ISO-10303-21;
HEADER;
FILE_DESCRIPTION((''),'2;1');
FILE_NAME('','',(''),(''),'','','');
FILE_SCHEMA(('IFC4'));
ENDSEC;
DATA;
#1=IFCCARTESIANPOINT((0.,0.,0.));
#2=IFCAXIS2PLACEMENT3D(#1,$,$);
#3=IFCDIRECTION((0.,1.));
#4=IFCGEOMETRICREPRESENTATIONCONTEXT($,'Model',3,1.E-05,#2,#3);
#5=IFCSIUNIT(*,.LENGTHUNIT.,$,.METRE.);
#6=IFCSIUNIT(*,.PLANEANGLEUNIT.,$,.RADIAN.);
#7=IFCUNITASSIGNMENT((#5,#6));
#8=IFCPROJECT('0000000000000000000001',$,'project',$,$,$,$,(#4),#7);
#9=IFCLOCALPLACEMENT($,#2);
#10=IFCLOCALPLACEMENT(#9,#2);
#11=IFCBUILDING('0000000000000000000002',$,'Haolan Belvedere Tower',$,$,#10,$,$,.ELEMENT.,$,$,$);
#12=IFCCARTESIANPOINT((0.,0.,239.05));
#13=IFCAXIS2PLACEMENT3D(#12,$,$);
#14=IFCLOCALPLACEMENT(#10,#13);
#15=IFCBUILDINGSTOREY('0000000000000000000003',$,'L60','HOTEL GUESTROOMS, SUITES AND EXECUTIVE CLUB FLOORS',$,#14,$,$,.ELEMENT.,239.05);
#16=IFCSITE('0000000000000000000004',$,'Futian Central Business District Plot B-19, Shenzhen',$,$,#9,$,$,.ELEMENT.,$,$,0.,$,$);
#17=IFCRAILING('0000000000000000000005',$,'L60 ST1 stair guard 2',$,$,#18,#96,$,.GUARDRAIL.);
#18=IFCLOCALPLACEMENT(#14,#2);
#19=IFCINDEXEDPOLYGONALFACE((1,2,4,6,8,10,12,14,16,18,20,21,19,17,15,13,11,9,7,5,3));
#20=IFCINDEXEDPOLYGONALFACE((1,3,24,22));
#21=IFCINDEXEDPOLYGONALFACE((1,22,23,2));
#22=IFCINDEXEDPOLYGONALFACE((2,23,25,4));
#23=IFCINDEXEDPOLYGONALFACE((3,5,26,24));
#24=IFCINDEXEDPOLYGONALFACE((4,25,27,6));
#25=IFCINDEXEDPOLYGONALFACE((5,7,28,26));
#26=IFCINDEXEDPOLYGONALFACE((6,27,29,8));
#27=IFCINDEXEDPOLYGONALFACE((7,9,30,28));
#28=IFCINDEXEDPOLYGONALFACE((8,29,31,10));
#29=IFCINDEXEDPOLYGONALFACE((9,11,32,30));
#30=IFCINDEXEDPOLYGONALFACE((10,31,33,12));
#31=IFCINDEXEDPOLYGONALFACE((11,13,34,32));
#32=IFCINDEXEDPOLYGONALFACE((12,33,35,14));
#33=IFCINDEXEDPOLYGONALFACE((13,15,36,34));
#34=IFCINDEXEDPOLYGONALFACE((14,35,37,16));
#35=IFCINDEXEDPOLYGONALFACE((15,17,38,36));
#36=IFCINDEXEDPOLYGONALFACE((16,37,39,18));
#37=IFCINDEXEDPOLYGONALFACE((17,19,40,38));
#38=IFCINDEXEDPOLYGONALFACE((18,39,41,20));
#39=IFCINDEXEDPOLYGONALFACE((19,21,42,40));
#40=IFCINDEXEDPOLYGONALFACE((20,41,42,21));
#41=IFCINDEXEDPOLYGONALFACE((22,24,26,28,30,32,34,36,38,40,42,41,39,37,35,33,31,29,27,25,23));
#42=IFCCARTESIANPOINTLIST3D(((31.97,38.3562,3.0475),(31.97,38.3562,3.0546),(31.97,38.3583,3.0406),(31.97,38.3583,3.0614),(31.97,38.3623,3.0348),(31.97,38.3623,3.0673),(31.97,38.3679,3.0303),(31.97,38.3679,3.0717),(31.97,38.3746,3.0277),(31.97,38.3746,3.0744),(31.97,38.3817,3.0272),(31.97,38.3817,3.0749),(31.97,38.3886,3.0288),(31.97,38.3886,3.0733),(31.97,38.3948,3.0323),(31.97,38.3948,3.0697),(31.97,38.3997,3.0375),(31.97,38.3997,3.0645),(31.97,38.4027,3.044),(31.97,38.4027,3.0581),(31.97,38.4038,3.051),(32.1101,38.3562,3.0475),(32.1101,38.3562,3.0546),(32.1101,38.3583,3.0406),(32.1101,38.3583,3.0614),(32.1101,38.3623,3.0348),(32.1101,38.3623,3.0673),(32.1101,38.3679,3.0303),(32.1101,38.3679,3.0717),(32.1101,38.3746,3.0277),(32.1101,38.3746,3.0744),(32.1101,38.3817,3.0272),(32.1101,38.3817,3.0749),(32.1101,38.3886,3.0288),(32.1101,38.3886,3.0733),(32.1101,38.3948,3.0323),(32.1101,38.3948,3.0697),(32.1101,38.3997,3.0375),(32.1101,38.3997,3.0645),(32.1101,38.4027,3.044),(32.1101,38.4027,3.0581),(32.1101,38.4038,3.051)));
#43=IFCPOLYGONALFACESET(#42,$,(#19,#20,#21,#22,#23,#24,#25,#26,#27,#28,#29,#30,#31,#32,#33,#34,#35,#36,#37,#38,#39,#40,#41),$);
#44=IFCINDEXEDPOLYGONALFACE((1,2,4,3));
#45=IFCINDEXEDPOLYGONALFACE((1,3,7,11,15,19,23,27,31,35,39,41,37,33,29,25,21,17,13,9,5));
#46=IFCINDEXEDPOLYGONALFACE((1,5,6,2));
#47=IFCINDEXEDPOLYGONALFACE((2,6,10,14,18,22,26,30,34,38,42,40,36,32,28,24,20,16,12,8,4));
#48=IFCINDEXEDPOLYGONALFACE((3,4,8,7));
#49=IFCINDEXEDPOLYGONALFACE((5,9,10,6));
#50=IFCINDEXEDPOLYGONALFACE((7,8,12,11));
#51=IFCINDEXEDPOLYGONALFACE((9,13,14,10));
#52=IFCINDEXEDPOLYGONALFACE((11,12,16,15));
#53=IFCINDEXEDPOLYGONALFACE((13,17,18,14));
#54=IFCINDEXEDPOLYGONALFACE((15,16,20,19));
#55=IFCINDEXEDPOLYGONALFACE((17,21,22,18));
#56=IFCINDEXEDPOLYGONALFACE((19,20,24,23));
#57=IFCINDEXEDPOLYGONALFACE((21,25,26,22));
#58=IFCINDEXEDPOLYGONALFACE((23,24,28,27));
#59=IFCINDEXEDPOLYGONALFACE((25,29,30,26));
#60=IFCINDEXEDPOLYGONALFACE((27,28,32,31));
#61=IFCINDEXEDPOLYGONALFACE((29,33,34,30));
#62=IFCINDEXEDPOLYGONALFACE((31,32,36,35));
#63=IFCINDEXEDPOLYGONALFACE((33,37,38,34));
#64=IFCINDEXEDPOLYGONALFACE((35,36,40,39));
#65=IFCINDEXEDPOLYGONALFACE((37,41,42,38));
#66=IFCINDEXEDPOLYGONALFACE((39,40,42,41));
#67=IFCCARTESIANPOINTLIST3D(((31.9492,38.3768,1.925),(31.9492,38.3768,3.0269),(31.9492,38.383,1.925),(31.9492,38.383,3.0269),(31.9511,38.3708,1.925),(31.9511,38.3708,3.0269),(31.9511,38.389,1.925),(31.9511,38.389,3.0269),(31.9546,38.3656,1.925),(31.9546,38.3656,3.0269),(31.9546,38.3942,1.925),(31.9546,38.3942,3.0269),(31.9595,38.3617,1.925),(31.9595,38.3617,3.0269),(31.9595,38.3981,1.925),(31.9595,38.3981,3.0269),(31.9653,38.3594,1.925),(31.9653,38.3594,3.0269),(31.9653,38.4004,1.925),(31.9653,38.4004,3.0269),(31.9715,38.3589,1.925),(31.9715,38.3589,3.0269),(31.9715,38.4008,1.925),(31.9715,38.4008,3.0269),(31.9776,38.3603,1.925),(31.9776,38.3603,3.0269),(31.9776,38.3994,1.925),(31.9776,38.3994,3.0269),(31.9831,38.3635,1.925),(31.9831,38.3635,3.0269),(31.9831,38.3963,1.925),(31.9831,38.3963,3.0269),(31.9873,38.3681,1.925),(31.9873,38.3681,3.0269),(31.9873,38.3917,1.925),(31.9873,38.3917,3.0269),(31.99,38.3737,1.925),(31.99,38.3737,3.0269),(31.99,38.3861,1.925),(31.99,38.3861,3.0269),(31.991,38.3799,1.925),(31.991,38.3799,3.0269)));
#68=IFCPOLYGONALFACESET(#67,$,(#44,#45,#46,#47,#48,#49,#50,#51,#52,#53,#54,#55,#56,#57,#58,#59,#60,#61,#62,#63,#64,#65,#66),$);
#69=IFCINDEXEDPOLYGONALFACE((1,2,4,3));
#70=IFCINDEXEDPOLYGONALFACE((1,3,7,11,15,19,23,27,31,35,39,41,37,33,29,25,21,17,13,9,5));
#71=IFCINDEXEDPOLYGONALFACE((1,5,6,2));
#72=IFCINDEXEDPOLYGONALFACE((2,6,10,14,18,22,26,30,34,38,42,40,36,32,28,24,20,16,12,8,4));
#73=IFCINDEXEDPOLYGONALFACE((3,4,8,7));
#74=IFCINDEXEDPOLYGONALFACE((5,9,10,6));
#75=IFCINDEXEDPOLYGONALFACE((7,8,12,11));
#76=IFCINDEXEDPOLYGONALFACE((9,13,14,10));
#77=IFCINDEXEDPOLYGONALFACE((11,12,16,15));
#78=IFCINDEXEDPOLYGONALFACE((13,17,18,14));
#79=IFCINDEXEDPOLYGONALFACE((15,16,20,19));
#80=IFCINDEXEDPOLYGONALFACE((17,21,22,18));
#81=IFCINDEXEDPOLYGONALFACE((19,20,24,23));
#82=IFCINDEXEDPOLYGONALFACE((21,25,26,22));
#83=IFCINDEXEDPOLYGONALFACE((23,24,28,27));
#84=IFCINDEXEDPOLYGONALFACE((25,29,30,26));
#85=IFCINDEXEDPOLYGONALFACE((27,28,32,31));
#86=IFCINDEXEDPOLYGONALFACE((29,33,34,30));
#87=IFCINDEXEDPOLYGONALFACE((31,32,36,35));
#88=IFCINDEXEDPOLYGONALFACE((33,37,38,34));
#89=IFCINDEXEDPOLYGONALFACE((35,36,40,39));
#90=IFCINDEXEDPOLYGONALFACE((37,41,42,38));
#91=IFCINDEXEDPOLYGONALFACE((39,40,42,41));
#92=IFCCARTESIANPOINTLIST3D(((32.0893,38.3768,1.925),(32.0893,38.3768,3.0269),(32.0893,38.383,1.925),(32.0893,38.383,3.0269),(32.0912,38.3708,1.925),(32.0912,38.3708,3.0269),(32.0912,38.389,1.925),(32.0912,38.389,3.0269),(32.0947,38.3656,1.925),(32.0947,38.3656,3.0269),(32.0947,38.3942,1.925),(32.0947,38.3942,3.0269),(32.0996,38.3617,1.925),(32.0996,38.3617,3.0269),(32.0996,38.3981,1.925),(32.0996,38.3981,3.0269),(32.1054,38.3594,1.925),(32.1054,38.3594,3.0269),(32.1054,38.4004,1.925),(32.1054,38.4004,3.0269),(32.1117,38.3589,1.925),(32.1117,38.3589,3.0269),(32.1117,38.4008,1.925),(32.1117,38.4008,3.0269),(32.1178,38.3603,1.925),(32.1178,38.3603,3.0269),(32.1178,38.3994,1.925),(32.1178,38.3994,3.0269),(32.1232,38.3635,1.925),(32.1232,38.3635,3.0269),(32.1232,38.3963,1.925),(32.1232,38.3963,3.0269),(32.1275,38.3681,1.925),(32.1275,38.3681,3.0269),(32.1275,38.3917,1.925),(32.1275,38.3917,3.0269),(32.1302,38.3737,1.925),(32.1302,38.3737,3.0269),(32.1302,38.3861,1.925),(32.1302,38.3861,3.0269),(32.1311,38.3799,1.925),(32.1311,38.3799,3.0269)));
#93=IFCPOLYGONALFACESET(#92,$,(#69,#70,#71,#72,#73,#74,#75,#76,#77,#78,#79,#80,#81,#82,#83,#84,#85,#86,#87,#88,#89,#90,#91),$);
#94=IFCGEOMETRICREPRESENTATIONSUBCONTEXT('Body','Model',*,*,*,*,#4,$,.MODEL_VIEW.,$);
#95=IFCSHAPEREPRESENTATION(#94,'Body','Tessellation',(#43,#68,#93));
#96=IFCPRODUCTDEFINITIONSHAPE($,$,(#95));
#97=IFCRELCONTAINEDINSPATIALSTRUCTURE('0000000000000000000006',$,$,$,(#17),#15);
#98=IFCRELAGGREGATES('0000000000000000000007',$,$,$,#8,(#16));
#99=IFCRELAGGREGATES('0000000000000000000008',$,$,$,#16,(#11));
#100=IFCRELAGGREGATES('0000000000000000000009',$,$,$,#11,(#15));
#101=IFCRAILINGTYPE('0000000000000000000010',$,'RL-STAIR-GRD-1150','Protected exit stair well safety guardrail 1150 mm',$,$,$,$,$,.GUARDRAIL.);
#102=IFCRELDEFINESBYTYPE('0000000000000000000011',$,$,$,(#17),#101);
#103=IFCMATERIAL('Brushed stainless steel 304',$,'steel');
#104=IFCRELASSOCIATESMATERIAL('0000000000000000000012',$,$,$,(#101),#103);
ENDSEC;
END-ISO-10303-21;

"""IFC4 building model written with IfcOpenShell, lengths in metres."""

from ifc_helpers import new_model, si_unit, direction, frame, origin, origin_2d, place, context, subcontext, project, spatial, circle, extrude, material, type_object, element, save


model = new_model("IFC4")

# Units and contexts
model_context = context("Model", 3, precision=1e-05, world=origin(), true_north=direction((0.0, 1.0)))
body_context = subcontext(model_context, "Body", "Model", "MODEL_VIEW")
ifc_project = project(units=[si_unit("LENGTHUNIT", "METRE"), si_unit("PLANEANGLEUNIT", "RADIAN")], contexts=[model_context])

# Site, building, storey
site_placement = place(None, origin())
site = spatial("IfcSite", under=ifc_project, at=site_placement, Name="Futian Central Business District Plot B-19, Shenzhen", CompositionType="ELEMENT", RefElevation=0.0)
building_placement = place(site_placement, origin())
building = spatial("IfcBuilding", under=site, at=building_placement, Name="Haolan Belvedere Tower", CompositionType="ELEMENT")
storey_placement = place(building_placement, frame((0.0, 0.0, 239.05)))
storey = spatial("IfcBuildingStorey", under=building, at=storey_placement, Name="L60", Description="HOTEL GUESTROOMS, SUITES AND EXECUTIVE CLUB FLOORS", CompositionType="ELEMENT", Elevation=239.05)

# Railing
ifc_material_1 = material(Name="Brushed stainless steel 304", Category="steel")
railing_type_1 = type_object("IfcRailingType", Name="RL-STAIR-GRD-1150", Description="Protected exit stair well safety guardrail 1150 mm", PredefinedType="GUARDRAIL", material=ifc_material_1)
railing_1_placement = place(storey_placement, frame((31.97, 38.3799, 1.925)))
element("IfcRailing", 1, at=railing_1_placement, inside=storey, type_object=railing_type_1, Name="L60 ST1 stair guard 2", PredefinedType="GUARDRAIL", context=body_context, shape_type="SweptSolid", body=[
    extrude(circle(Radius=0.0239, at=origin_2d()), frame((0.0, 0.0, 1.126), z_axis=(1.0, 0.0, 0.0), x_axis=(0.0, 1.0, 0.0)), (0.0, 0.0, 1.0), 0.1401),
    extrude(circle(Radius=0.021, at=origin_2d()), origin(), (0.0, 0.0, 1.0), 1.1018),
    extrude(circle(Radius=0.021, at=origin_2d()), frame((0.1401, 0.0, 0.0)), (0.0, 0.0, 1.0), 1.1018),
])

save(model, "model.ifc")
